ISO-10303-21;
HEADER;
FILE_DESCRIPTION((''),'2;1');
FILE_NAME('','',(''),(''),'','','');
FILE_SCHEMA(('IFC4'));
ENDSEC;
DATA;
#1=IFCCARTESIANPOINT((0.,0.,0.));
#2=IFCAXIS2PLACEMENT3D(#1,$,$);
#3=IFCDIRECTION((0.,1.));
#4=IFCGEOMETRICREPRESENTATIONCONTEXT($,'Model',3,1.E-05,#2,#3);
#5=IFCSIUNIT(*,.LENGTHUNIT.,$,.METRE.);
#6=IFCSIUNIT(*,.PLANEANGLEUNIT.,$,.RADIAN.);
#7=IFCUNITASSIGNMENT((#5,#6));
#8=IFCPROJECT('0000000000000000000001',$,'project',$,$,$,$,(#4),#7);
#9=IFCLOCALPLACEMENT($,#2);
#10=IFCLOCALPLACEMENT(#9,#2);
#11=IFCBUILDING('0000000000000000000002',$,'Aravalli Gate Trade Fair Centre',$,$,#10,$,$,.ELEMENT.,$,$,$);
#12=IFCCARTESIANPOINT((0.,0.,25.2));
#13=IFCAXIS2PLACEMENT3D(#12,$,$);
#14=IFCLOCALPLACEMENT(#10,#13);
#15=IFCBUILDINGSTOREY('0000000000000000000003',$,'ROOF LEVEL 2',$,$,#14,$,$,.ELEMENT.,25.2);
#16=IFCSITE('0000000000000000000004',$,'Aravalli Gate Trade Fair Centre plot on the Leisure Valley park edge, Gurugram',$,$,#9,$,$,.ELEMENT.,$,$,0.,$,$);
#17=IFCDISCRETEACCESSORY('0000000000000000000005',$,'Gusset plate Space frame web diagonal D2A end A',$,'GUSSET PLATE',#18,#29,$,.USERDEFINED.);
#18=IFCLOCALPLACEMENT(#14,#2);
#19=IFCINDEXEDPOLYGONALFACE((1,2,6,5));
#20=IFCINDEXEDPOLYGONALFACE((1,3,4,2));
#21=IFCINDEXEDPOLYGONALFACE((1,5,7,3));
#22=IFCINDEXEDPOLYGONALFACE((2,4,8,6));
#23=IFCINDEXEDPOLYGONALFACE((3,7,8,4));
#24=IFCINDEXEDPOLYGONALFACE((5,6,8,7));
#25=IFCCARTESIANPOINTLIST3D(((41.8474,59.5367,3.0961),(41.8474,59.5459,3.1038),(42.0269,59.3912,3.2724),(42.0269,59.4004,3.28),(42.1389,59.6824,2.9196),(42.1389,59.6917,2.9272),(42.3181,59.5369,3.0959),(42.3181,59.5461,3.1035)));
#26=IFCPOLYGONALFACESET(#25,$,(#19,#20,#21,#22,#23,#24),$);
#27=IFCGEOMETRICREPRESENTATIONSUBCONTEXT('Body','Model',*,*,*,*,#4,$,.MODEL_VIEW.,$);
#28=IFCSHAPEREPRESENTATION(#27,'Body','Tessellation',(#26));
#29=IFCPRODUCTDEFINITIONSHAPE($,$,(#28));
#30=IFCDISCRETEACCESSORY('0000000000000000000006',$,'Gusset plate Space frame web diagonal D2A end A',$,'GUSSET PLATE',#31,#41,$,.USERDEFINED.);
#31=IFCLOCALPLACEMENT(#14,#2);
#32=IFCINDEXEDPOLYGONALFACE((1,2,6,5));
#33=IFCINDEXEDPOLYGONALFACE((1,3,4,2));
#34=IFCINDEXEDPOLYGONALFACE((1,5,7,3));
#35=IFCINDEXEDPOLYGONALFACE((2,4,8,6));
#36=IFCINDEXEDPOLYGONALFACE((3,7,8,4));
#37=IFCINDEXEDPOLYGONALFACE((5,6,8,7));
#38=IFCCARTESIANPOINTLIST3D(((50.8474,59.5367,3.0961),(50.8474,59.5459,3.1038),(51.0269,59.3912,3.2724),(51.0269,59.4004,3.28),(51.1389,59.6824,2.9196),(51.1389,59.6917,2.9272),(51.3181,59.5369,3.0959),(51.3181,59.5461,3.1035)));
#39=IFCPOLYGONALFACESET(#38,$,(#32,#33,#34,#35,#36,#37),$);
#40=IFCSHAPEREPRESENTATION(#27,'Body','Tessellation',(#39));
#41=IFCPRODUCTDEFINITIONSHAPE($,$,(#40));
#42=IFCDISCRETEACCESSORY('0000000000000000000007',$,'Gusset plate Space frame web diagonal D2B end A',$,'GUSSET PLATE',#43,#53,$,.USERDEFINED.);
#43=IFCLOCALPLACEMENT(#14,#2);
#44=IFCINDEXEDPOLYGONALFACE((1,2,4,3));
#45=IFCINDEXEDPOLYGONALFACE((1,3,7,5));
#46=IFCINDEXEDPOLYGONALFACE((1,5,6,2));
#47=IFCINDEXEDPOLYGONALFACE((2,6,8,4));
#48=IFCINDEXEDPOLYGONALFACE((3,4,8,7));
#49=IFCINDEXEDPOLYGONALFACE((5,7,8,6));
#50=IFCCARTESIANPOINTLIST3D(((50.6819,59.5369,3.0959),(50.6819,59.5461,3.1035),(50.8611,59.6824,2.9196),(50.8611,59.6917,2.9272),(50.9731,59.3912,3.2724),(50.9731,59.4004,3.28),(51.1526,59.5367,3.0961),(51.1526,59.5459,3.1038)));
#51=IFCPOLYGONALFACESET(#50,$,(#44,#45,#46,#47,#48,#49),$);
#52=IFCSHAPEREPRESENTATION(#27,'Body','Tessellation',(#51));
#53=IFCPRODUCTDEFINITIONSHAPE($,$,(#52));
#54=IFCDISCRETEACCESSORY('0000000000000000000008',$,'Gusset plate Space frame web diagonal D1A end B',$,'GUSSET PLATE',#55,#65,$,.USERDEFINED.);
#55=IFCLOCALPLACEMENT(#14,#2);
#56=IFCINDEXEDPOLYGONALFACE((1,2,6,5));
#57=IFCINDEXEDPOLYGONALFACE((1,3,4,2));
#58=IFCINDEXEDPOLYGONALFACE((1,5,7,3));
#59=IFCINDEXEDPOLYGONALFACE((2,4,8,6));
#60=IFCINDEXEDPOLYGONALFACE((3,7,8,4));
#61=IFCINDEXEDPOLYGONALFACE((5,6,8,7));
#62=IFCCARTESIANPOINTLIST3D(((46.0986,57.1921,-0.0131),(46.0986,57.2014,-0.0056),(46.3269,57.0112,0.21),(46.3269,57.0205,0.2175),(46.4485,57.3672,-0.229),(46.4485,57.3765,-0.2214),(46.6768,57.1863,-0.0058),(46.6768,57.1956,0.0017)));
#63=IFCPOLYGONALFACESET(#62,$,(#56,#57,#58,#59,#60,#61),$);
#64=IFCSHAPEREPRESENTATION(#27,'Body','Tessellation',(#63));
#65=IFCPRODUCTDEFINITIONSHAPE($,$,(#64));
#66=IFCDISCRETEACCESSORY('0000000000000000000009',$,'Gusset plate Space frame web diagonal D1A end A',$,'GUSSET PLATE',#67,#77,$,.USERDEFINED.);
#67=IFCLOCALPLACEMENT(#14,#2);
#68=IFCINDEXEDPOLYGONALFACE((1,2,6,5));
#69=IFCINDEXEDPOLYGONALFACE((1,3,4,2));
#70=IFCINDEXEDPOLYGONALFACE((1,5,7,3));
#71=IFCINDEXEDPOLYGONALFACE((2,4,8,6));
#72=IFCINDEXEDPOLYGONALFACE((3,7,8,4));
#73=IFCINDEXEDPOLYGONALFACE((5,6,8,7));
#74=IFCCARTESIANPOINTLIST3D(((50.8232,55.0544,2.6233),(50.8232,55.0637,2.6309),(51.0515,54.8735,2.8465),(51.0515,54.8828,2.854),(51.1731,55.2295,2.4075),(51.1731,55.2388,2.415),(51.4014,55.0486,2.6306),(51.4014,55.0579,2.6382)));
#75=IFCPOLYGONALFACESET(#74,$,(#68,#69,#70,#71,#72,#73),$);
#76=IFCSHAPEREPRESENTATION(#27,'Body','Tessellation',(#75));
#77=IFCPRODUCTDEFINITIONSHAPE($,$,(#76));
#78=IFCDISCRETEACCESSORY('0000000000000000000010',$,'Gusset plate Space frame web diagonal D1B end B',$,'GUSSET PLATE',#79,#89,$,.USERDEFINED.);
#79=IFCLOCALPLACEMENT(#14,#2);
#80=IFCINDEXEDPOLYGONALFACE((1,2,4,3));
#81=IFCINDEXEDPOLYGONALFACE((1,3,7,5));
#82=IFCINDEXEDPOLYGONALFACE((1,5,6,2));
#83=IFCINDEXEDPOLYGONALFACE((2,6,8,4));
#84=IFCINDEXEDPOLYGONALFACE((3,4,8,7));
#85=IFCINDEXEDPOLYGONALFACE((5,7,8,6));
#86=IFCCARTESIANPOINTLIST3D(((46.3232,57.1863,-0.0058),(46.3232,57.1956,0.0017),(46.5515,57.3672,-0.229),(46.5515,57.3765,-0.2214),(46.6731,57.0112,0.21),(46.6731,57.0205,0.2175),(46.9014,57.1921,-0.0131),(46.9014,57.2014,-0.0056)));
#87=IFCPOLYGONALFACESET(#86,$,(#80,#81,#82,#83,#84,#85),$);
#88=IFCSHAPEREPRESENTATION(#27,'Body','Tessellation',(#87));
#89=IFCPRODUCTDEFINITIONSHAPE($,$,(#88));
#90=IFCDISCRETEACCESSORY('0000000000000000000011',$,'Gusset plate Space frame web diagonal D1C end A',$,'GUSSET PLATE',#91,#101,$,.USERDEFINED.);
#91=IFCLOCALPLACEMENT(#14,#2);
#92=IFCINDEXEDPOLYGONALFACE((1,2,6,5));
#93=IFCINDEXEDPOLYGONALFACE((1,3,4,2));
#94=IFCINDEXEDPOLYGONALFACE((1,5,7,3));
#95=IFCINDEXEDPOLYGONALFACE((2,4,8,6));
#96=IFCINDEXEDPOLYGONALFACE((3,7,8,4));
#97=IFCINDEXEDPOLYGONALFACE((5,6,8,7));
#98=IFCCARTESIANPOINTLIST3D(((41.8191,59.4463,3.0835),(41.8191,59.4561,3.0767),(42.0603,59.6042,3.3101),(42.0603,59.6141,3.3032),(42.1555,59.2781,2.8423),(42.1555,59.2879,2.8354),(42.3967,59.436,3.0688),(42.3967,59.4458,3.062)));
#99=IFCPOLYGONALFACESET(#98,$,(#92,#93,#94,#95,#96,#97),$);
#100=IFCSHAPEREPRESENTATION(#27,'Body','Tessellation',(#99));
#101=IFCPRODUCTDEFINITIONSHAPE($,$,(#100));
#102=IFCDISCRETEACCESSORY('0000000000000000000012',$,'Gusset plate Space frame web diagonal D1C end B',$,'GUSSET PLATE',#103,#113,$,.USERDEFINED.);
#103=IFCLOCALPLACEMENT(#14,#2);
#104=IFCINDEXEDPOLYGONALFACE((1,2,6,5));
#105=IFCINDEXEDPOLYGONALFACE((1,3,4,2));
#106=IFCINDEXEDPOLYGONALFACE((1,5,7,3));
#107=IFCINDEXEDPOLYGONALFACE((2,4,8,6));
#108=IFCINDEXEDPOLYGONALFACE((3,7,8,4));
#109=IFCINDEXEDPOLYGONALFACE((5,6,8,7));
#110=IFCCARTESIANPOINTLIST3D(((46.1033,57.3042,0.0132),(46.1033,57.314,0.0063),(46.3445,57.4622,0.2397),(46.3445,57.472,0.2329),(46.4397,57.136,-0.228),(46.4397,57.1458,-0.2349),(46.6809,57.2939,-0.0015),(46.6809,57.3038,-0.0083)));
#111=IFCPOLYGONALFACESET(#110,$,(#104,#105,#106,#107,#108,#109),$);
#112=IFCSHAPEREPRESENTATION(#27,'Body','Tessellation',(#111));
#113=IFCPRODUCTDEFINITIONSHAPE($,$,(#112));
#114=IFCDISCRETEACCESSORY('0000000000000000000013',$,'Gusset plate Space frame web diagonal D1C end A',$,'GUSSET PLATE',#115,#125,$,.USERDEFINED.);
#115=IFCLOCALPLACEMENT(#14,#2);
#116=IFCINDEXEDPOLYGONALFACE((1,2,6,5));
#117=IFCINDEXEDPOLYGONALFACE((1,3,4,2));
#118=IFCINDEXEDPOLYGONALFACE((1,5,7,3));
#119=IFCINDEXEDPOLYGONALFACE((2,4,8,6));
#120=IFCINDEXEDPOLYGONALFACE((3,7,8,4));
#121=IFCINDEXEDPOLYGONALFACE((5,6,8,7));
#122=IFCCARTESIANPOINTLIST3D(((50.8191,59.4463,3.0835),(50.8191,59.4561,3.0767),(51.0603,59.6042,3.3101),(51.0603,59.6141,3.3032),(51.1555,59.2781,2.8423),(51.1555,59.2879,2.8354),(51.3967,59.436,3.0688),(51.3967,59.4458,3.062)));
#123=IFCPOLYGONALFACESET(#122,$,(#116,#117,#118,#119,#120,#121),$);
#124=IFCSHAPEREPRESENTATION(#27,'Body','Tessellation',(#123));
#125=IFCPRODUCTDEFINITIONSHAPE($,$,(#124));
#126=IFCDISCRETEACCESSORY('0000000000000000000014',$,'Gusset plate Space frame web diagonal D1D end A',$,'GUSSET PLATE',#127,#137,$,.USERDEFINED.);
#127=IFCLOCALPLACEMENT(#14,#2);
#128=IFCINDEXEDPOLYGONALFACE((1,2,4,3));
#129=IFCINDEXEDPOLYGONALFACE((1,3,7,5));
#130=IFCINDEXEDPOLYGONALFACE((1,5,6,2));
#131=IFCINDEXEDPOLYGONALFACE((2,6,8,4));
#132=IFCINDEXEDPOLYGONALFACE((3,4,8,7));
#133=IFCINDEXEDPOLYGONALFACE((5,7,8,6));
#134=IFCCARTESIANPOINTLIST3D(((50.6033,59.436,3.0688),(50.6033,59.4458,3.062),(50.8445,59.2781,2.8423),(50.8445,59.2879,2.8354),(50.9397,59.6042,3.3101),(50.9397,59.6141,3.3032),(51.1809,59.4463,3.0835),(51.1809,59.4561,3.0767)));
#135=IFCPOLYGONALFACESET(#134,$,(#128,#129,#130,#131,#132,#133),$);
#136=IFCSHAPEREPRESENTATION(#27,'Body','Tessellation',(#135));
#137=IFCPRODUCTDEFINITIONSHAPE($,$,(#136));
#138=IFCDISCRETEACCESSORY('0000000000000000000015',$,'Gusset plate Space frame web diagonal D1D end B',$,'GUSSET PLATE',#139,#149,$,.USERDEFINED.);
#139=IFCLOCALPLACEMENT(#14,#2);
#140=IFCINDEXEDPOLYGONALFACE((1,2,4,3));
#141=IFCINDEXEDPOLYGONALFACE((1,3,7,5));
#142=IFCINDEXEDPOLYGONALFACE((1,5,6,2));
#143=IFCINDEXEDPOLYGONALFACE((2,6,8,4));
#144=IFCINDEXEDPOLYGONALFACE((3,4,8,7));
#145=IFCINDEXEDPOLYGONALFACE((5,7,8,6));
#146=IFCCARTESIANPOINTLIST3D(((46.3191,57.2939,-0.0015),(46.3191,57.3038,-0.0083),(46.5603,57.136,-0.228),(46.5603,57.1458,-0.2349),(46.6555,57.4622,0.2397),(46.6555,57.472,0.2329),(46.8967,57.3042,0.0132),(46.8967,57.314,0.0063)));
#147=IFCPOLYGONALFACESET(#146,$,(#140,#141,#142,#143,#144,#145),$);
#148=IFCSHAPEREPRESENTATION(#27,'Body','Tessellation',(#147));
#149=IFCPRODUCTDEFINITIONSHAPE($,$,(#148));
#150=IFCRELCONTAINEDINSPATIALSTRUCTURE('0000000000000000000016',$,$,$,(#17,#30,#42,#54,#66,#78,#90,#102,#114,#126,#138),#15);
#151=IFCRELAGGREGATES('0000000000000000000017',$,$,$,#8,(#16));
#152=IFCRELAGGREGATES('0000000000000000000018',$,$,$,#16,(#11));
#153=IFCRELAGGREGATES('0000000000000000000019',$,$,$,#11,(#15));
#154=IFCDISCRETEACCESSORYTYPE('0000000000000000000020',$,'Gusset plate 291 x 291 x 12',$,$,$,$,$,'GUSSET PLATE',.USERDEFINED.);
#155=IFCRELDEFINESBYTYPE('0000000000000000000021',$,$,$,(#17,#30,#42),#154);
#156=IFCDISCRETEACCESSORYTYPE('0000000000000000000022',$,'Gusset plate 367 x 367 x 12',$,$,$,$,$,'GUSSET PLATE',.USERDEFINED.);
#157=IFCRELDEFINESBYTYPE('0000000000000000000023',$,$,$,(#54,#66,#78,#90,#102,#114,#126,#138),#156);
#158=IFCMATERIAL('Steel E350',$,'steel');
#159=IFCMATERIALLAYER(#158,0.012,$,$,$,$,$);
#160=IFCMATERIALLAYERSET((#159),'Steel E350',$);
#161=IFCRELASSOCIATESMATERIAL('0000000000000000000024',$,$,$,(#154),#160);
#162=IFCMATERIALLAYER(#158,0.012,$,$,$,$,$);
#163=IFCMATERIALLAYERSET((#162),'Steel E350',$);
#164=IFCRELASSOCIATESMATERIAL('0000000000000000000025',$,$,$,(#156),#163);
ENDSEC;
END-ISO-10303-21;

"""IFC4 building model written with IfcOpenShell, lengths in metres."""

from ifc_helpers import new_model, si_unit, direction, frame, origin, place, context, subcontext, project, spatial, polyline, outline, extrude, material, layer, layer_set, type_object, element, save


model = new_model("IFC4")

# Units and contexts
model_context = context("Model", 3, precision=1e-05, world=origin(), true_north=direction((0.0, 1.0)))
body_context = subcontext(model_context, "Body", "Model", "MODEL_VIEW")
ifc_project = project(units=[si_unit("LENGTHUNIT", "METRE"), si_unit("PLANEANGLEUNIT", "RADIAN")], contexts=[model_context])

# Site, building, storey
site_placement = place(None, origin())
site = spatial("IfcSite", under=ifc_project, at=site_placement, Name="Aravalli Gate Trade Fair Centre plot on the Leisure Valley park edge, Gurugram", CompositionType="ELEMENT", RefElevation=0.0)
building_placement = place(site_placement, origin())
building = spatial("IfcBuilding", under=site, at=building_placement, Name="Aravalli Gate Trade Fair Centre", CompositionType="ELEMENT")
storey_placement = place(building_placement, frame((0.0, 0.0, 25.2)))
storey = spatial("IfcBuildingStorey", under=building, at=storey_placement, Name="ROOF LEVEL 2", CompositionType="ELEMENT", Elevation=25.2)

# Shared definitions
ifc_material_1 = material(Name="Steel E350", Category="steel")

# Discrete accessories
ifc_layer_1 = layer(ifc_material_1, 0.012)
ifc_layer_set_1 = layer_set([ifc_layer_1], Name="Steel E350")
discrete_accessory_type_1 = type_object("IfcDiscreteAccessoryType", Name="Gusset plate 291 x 291 x 12", ElementType="GUSSET PLATE", PredefinedType="USERDEFINED", material=ifc_layer_set_1)
for number, where, z_axis, x_axis, name in (
    (1, (42.1389, 59.6917, 2.9272), (-0.00007, 0.771155, 0.636648), (-0.786484, -0.393242, 0.476238), "Gusset plate Space frame web diagonal D2A end A"),
    (2, (51.1389, 59.6917, 2.9272), (-0.00007, 0.771155, 0.636648), (-0.786484, -0.393242, 0.476238), "Gusset plate Space frame web diagonal D2A end A"),
):
    element("IfcDiscreteAccessory", number, at=place(storey_placement, frame(where, z_axis=z_axis, x_axis=x_axis)), inside=storey, type_object=discrete_accessory_type_1, Name=name, ObjectType="GUSSET PLATE", PredefinedType="USERDEFINED", context=body_context, shape_type="SweptSolid", body=[
        extrude(outline(polyline([(0.0, 0.0), (0.3706, 0.0), (0.3707, 0.2906), (0.0002, 0.2904), (0.0, 0.0)])), origin(), (0.0, 0.0, -1.0), 0.012),
    ])
discrete_accessory_1_placement = place(storey_placement, frame((50.6819, 59.5461, 3.1035), z_axis=(0.00007, 0.771155, 0.636648), x_axis=(0.786233, -0.393446, 0.476485)))
element("IfcDiscreteAccessory", 3, at=discrete_accessory_1_placement, inside=storey, type_object=discrete_accessory_type_1, Name="Gusset plate Space frame web diagonal D2B end A", ObjectType="GUSSET PLATE", PredefinedType="USERDEFINED", context=body_context, shape_type="SweptSolid", body=[
    extrude(outline(polyline([(0.0, 0.0), (0.3704, 0.0), (0.3703, 0.2906), (-0.0003, 0.2904), (0.0, 0.0)])), origin(), (0.0, 0.0, -1.0), 0.012),
])
ifc_layer_2 = layer(ifc_material_1, 0.012)
ifc_layer_set_2 = layer_set([ifc_layer_2], Name="Steel E350")
discrete_accessory_type_2 = type_object("IfcDiscreteAccessoryType", Name="Gusset plate 367 x 367 x 12", ElementType="GUSSET PLATE", PredefinedType="USERDEFINED", material=ifc_layer_set_2)
discrete_accessory_2_placement = place(storey_placement, frame((46.0986, 57.2014, -0.0056), z_axis=(-0.000107, 0.776736, 0.629826), x_axis=(0.783044, 0.391795, -0.48305)))
element("IfcDiscreteAccessory", 4, at=discrete_accessory_2_placement, inside=storey, type_object=discrete_accessory_type_2, Name="Gusset plate Space frame web diagonal D1A end B", ObjectType="GUSSET PLATE", PredefinedType="USERDEFINED", context=body_context, shape_type="SweptSolid", body=[
    extrude(outline(polyline([(0.0, 0.0), (0.4468, 0.0), (0.4469, -0.3669), (0.0001, -0.3669), (0.0, 0.0)])), origin(), (0.0, 0.0, -1.0), 0.012),
])
discrete_accessory_3_placement = place(storey_placement, frame((51.1731, 55.2388, 2.415), z_axis=(-0.000107, 0.776736, 0.629826), x_axis=(-0.783044, -0.391795, 0.48305)))
element("IfcDiscreteAccessory", 5, at=discrete_accessory_3_placement, inside=storey, type_object=discrete_accessory_type_2, Name="Gusset plate Space frame web diagonal D1A end A", ObjectType="GUSSET PLATE", PredefinedType="USERDEFINED", context=body_context, shape_type="SweptSolid", body=[
    extrude(outline(polyline([(0.0, 0.0), (0.4468, 0.0), (0.4467, 0.3669), (-0.0001, 0.3669), (0.0, 0.0)])), origin(), (0.0, 0.0, -1.0), 0.012),
])
discrete_accessory_4_placement = place(storey_placement, frame((46.6731, 57.0205, 0.2175), z_axis=(0.000107, 0.776736, 0.629826), x_axis=(-0.783044, 0.391795, -0.48305)))
element("IfcDiscreteAccessory", 6, at=discrete_accessory_4_placement, inside=storey, type_object=discrete_accessory_type_2, Name="Gusset plate Space frame web diagonal D1B end B", ObjectType="GUSSET PLATE", PredefinedType="USERDEFINED", context=body_context, shape_type="SweptSolid", body=[
    extrude(outline(polyline([(0.0, 0.0), (0.4468, 0.0), (0.4467, -0.3669), (-0.0001, -0.3669), (0.0, 0.0)])), origin(), (0.0, 0.0, -1.0), 0.012),
])
discrete_accessory_5_placement = place(storey_placement, frame((42.1555, 59.2781, 2.8423), z_axis=(-0.000057, -0.820282, 0.57196), x_axis=(-0.75291, 0.376455, 0.539822)))
element("IfcDiscreteAccessory", 7, at=discrete_accessory_5_placement, inside=storey, type_object=discrete_accessory_type_2, Name="Gusset plate Space frame web diagonal D1C end A", ObjectType="GUSSET PLATE", PredefinedType="USERDEFINED", context=body_context, shape_type="SweptSolid", body=[
    extrude(outline(polyline([(0.0, 0.0), (0.4468, 0.0), (0.447, -0.3667), (0.0002, -0.3667), (0.0, 0.0)])), origin(), (0.0, 0.0, -1.0), 0.012),
])
discrete_accessory_6_placement = place(storey_placement, frame((46.1033, 57.3042, 0.0132), z_axis=(-0.000057, -0.820282, 0.57196), x_axis=(0.75291, -0.376455, -0.539822)))
element("IfcDiscreteAccessory", 8, at=discrete_accessory_6_placement, inside=storey, type_object=discrete_accessory_type_2, Name="Gusset plate Space frame web diagonal D1C end B", ObjectType="GUSSET PLATE", PredefinedType="USERDEFINED", context=body_context, shape_type="SweptSolid", body=[
    extrude(outline(polyline([(0.0, 0.0), (0.4468, 0.0), (0.4467, 0.3667), (-0.0002, 0.3667), (0.0, 0.0)])), origin(), (0.0, 0.0, -1.0), 0.012),
])
discrete_accessory_7_placement = place(storey_placement, frame((51.1555, 59.2781, 2.8423), z_axis=(-0.000057, -0.820282, 0.57196), x_axis=(-0.75291, 0.376455, 0.539822)))
element("IfcDiscreteAccessory", 9, at=discrete_accessory_7_placement, inside=storey, type_object=discrete_accessory_type_2, Name="Gusset plate Space frame web diagonal D1C end A", ObjectType="GUSSET PLATE", PredefinedType="USERDEFINED", context=body_context, shape_type="SweptSolid", body=[
    extrude(outline(polyline([(0.0, 0.0), (0.4468, 0.0), (0.447, -0.3667), (0.0002, -0.3667), (0.0, 0.0)])), origin(), (0.0, 0.0, -1.0), 0.012),
])
discrete_accessory_8_placement = place(storey_placement, frame((50.6033, 59.436, 3.0688), z_axis=(0.000057, -0.820282, 0.57196), x_axis=(0.75291, 0.376455, 0.539822)))
element("IfcDiscreteAccessory", 10, at=discrete_accessory_8_placement, inside=storey, type_object=discrete_accessory_type_2, Name="Gusset plate Space frame web diagonal D1D end A", ObjectType="GUSSET PLATE", PredefinedType="USERDEFINED", context=body_context, shape_type="SweptSolid", body=[
    extrude(outline(polyline([(0.0, 0.0), (0.4468, 0.0), (0.4467, -0.3667), (-0.0002, -0.3667), (0.0, 0.0)])), origin(), (0.0, 0.0, -1.0), 0.012),
])
discrete_accessory_9_placement = place(storey_placement, frame((46.6555, 57.4622, 0.2397), z_axis=(0.000057, -0.820282, 0.57196), x_axis=(-0.75291, -0.376455, -0.539822)))
element("IfcDiscreteAccessory", 11, at=discrete_accessory_9_placement, inside=storey, type_object=discrete_accessory_type_2, Name="Gusset plate Space frame web diagonal D1D end B", ObjectType="GUSSET PLATE", PredefinedType="USERDEFINED", context=body_context, shape_type="SweptSolid", body=[
    extrude(outline(polyline([(0.0, 0.0), (0.4468, 0.0), (0.447, 0.3667), (0.0002, 0.3667), (0.0, 0.0)])), origin(), (0.0, 0.0, -1.0), 0.012),
])

save(model, "model.ifc")
